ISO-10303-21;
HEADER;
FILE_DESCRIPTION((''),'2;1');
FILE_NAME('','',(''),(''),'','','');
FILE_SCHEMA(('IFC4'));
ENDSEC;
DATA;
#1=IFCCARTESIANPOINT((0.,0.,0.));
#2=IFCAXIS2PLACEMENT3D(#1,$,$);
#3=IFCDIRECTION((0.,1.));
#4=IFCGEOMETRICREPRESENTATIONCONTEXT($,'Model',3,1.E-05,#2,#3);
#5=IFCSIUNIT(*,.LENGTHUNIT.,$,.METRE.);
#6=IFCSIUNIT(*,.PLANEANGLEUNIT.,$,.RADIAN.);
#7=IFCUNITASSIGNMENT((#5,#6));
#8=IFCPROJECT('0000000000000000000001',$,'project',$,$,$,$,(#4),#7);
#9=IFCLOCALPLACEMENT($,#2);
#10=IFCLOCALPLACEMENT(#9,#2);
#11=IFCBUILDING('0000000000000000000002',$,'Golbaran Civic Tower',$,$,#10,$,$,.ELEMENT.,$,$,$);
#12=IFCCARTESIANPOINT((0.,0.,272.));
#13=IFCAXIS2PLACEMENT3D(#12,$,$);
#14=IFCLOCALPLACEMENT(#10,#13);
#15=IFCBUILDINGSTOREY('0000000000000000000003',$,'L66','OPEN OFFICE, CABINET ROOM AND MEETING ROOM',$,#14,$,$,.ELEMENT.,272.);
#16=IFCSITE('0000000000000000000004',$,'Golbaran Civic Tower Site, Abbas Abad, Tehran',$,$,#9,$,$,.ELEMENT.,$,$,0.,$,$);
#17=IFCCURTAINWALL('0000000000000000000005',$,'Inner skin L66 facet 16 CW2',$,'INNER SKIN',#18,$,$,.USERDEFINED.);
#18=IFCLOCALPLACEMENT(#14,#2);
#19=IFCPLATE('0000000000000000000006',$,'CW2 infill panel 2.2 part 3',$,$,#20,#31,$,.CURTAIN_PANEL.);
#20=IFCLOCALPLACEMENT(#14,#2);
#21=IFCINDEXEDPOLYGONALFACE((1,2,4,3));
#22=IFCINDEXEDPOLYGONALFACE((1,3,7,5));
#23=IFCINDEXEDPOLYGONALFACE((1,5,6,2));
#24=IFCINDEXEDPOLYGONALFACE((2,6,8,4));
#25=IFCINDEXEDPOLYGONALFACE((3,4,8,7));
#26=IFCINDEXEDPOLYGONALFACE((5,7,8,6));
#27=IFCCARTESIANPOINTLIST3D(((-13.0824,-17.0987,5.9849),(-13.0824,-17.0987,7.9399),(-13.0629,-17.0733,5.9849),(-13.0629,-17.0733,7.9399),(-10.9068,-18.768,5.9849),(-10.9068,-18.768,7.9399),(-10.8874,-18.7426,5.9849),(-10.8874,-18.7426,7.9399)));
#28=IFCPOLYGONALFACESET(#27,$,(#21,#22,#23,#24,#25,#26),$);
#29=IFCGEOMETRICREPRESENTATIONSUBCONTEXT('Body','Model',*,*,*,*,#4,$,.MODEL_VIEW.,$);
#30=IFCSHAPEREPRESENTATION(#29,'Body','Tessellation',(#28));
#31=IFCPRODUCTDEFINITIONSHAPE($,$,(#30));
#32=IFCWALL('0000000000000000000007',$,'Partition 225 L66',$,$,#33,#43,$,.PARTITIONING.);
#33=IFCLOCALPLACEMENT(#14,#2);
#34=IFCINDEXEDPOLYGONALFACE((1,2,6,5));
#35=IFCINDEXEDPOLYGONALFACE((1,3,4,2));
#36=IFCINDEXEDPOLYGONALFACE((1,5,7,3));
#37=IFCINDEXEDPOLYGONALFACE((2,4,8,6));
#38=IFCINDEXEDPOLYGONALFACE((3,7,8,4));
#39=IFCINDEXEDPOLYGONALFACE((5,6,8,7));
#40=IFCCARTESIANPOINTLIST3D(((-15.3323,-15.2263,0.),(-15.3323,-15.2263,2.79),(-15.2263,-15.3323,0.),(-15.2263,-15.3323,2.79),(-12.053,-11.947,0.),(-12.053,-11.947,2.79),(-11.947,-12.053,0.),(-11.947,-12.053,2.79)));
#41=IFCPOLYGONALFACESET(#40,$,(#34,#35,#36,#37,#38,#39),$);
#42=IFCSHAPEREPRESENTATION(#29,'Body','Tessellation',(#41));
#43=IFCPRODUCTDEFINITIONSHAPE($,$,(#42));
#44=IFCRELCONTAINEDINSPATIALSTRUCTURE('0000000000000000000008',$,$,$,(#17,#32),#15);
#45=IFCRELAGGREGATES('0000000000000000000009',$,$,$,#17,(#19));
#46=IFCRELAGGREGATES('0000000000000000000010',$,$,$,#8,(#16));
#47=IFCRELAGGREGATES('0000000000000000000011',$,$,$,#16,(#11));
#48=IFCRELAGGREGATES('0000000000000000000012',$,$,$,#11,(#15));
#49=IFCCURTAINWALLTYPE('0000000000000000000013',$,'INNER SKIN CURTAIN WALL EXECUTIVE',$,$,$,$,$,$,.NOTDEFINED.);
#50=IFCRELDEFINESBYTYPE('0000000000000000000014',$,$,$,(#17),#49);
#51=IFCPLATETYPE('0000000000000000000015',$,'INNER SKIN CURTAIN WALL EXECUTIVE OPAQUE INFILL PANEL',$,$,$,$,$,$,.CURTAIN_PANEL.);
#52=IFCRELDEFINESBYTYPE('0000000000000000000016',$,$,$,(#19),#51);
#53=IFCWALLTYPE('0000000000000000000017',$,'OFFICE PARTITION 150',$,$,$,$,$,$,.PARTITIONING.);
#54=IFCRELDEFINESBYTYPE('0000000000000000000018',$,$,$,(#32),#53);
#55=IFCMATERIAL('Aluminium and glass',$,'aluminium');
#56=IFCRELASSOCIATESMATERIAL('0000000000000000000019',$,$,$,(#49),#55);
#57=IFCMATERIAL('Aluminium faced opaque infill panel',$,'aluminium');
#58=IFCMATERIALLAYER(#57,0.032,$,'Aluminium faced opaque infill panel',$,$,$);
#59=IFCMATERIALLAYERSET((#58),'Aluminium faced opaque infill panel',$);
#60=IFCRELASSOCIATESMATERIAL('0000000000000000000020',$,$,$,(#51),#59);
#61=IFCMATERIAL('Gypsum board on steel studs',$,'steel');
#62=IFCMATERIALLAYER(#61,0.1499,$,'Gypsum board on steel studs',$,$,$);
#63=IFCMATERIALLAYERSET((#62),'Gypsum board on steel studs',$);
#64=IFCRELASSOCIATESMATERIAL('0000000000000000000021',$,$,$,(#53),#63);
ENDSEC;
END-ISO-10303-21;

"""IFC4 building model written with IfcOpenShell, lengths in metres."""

from ifc_helpers import new_model, si_unit, direction, frame, frame_2d, origin, origin_2d, place, context, subcontext, project, spatial, rectangle, extrude, material, layer, layer_set, type_object, element, aggregate, save


model = new_model("IFC4")

# Units and contexts
model_context = context("Model", 3, precision=1e-05, world=origin(), true_north=direction((0.0, 1.0)))
body_context = subcontext(model_context, "Body", "Model", "MODEL_VIEW")
ifc_project = project(units=[si_unit("LENGTHUNIT", "METRE"), si_unit("PLANEANGLEUNIT", "RADIAN")], contexts=[model_context])

# Site, building, storey
site_placement = place(None, origin())
site = spatial("IfcSite", under=ifc_project, at=site_placement, Name="Golbaran Civic Tower Site, Abbas Abad, Tehran", CompositionType="ELEMENT", RefElevation=0.0)
building_placement = place(site_placement, origin())
building = spatial("IfcBuilding", under=site, at=building_placement, Name="Golbaran Civic Tower", CompositionType="ELEMENT")
storey_placement = place(building_placement, frame((0.0, 0.0, 272.0)))
storey = spatial("IfcBuildingStorey", under=building, at=storey_placement, Name="L66", Description="OPEN OFFICE, CABINET ROOM AND MEETING ROOM", CompositionType="ELEMENT", Elevation=272.0)

# Curtain wall
ifc_material_1 = material(Name="Aluminium and glass", Category="aluminium")
curtain_wall_type = type_object("IfcCurtainWallType", Name="INNER SKIN CURTAIN WALL EXECUTIVE", PredefinedType="NOTDEFINED", material=ifc_material_1)
curtain_wall_1_placement = place(storey_placement, origin())
curtain_wall_1 = element("IfcCurtainWall", 1, at=curtain_wall_1_placement, inside=storey, type_object=curtain_wall_type, Name="Inner skin L66 facet 16 CW2", ObjectType="INNER SKIN", PredefinedType="USERDEFINED")

# Plate
ifc_material_2 = material(Name="Aluminium faced opaque infill panel", Category="aluminium")
ifc_layer_1 = layer(ifc_material_2, 0.032, Name="Aluminium faced opaque infill panel")
ifc_layer_set_1 = layer_set([ifc_layer_1], Name="Aluminium faced opaque infill panel")
plate_type_1 = type_object("IfcPlateType", Name="INNER SKIN CURTAIN WALL EXECUTIVE OPAQUE INFILL PANEL", PredefinedType="CURTAIN_PANEL", material=ifc_layer_set_1)
plate_1_placement = place(storey_placement, frame((-11.9849, -17.9207, 5.9849), z_axis=(0.0, 0.0, 1.0), x_axis=(0.793353, -0.608761, 0.0)))
plate_1 = element("IfcPlate", 2, at=plate_1_placement, type_object=plate_type_1, Name="CW2 infill panel 2.2 part 3", PredefinedType="CURTAIN_PANEL", context=body_context, shape_type="SweptSolid", body=[
    extrude(rectangle(XDim=2.7422, YDim=0.032, at=origin_2d()), origin(), (0.0, 0.0, 1.0), 1.9551),
])
aggregate(curtain_wall_1, [plate_1])

# Wall
ifc_material_3 = material(Name="Gypsum board on steel studs", Category="steel")
ifc_layer_2 = layer(ifc_material_3, 0.1499, Name="Gypsum board on steel studs")
ifc_layer_set_2 = layer_set([ifc_layer_2], Name="Gypsum board on steel studs")
wall_type = type_object("IfcWallType", Name="OFFICE PARTITION 150", PredefinedType="PARTITIONING", material=ifc_layer_set_2)
wall_placement = place(storey_placement, frame((-12.0, -12.0, 0.0), z_axis=(0.0, 0.0, 1.0), x_axis=(-0.707107, -0.707107, 0.0)))
element("IfcWall", 3, at=wall_placement, inside=storey, type_object=wall_type, Name="Partition 225 L66", PredefinedType="PARTITIONING", context=body_context, shape_type="SweptSolid", body=[
    extrude(rectangle(XDim=4.6377, YDim=0.1499, at=frame_2d((2.3188, 0.0))), origin(), (0.0, 0.0, 1.0), 2.79),
])

save(model, "model.ifc")
